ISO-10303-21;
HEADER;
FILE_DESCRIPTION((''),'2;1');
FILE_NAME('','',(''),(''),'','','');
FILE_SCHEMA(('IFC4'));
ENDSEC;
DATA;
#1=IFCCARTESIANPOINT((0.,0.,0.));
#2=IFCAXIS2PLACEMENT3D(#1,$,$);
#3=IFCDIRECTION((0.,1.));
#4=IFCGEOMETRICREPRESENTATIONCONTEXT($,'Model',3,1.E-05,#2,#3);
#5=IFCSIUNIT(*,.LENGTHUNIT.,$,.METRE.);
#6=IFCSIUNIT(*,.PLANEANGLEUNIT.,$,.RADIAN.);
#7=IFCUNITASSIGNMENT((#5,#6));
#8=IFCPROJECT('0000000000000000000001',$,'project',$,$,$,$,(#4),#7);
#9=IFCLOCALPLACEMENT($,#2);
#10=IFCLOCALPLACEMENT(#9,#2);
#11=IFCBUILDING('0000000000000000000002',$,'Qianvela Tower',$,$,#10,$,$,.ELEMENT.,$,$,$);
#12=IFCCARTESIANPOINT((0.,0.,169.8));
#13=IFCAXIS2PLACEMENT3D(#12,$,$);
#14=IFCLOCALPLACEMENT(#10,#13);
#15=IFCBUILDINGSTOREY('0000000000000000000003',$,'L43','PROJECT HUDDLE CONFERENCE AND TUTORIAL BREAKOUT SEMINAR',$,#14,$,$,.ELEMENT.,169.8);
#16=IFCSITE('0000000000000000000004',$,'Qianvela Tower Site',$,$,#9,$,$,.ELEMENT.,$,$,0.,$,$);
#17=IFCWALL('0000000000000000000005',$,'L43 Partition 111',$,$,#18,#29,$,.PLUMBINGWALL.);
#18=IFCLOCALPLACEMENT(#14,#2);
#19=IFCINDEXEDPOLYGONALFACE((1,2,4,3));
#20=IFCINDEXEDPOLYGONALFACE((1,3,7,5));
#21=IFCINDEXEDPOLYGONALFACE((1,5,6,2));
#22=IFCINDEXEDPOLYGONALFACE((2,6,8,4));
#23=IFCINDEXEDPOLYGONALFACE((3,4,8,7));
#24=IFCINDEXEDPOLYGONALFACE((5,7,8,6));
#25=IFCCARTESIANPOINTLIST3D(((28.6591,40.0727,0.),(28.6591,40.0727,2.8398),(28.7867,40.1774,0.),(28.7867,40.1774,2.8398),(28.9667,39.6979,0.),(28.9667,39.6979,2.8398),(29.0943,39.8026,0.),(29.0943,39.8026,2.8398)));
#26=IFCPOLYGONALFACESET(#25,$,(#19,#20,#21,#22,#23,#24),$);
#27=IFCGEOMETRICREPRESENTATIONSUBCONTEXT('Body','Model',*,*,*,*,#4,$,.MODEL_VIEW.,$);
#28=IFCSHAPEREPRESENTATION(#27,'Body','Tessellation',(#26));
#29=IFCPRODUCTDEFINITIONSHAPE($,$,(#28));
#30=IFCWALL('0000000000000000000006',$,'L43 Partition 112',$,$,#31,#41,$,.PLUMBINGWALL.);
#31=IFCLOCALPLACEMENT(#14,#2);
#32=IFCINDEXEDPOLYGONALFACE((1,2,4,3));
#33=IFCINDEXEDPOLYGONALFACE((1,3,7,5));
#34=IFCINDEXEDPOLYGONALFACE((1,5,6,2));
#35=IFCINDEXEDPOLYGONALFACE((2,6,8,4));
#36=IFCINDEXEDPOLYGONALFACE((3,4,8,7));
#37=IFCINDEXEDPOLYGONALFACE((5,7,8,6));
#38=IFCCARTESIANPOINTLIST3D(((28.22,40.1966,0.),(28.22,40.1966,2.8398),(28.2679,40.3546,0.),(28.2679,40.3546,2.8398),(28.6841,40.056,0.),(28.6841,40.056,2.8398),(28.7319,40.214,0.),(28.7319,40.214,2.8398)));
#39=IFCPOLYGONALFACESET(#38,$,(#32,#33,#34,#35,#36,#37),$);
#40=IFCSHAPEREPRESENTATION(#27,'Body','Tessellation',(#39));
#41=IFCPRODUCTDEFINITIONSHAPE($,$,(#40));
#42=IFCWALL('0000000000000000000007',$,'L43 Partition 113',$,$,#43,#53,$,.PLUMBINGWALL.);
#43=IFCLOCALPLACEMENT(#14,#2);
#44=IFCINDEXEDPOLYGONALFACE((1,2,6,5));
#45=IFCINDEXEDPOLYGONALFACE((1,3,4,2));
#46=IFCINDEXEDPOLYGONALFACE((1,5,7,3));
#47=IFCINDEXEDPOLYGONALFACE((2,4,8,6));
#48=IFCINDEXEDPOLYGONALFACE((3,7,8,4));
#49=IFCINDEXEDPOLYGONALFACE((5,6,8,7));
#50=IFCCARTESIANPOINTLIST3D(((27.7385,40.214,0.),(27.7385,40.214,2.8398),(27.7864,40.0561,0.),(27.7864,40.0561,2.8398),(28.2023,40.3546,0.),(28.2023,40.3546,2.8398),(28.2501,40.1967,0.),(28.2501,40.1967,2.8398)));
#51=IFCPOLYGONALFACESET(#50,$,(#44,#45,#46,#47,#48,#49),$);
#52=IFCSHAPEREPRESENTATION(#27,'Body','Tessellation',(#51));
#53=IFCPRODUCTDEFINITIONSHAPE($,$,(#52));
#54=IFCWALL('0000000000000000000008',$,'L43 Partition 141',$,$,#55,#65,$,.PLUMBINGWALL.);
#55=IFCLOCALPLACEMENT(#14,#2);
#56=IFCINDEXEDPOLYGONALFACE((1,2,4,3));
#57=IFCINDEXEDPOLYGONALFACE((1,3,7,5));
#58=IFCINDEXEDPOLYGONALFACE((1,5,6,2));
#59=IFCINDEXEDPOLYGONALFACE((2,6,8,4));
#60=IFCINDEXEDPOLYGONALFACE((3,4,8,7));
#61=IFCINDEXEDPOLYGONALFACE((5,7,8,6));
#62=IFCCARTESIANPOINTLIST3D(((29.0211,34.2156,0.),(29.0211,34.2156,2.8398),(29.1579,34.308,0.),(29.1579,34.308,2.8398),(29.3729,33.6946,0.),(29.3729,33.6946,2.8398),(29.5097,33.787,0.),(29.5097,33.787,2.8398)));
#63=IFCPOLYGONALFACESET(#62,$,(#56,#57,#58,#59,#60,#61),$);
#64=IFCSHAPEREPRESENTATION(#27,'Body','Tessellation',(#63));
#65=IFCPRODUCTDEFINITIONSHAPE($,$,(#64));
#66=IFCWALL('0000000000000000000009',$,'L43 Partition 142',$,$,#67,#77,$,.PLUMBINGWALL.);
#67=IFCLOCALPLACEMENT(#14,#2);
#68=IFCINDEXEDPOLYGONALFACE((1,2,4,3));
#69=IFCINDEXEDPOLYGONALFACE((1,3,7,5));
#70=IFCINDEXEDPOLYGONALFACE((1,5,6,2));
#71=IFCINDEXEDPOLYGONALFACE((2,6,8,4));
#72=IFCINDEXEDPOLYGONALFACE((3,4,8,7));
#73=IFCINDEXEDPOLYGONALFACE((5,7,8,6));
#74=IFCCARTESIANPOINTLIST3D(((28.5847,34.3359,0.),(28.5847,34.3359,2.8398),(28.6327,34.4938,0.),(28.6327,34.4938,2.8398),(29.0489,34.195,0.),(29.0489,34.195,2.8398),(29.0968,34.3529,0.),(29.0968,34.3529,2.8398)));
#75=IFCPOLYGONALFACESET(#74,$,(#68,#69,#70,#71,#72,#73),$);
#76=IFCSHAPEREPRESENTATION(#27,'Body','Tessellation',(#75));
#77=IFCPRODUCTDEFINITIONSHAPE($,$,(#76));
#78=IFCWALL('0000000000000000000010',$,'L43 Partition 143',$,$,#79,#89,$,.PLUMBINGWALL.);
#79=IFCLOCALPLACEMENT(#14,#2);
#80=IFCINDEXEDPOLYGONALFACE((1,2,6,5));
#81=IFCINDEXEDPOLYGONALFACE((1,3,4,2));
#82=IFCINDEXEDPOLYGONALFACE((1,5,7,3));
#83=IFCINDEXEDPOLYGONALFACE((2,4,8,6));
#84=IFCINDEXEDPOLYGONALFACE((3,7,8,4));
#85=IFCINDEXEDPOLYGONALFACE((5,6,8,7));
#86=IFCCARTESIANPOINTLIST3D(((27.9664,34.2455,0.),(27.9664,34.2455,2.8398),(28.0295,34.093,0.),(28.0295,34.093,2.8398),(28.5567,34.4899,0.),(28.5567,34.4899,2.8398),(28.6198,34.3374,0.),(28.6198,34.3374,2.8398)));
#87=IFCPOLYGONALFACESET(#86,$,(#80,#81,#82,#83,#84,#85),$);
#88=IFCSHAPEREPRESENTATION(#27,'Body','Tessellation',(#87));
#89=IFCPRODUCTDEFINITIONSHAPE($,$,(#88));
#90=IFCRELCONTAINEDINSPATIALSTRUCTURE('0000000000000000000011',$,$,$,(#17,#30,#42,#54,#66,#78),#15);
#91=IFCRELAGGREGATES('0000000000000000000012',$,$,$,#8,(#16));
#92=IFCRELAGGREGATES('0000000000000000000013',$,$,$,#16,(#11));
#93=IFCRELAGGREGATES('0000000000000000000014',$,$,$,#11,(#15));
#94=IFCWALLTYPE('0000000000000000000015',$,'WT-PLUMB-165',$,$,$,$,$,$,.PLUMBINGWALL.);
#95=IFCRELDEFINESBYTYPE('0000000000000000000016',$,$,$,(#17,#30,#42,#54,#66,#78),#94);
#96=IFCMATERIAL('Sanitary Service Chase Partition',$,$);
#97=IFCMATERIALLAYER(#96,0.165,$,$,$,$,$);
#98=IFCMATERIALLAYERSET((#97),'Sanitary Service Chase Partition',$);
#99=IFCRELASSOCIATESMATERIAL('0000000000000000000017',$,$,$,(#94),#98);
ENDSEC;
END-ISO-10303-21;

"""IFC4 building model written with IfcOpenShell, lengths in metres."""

from ifc_helpers import new_model, si_unit, direction, frame, frame_2d, origin, place, context, subcontext, project, spatial, rectangle, extrude, material, layer, layer_set, type_object, element, save


model = new_model("IFC4")

# Units and contexts
model_context = context("Model", 3, precision=1e-05, world=origin(), true_north=direction((0.0, 1.0)))
body_context = subcontext(model_context, "Body", "Model", "MODEL_VIEW")
ifc_project = project(units=[si_unit("LENGTHUNIT", "METRE"), si_unit("PLANEANGLEUNIT", "RADIAN")], contexts=[model_context])

# Site, building, storey
site_placement = place(None, origin())
site = spatial("IfcSite", under=ifc_project, at=site_placement, Name="Qianvela Tower Site", CompositionType="ELEMENT", RefElevation=0.0)
building_placement = place(site_placement, origin())
building = spatial("IfcBuilding", under=site, at=building_placement, Name="Qianvela Tower", CompositionType="ELEMENT")
storey_placement = place(building_placement, frame((0.0, 0.0, 169.8)))
storey = spatial("IfcBuildingStorey", under=building, at=storey_placement, Name="L43", Description="PROJECT HUDDLE CONFERENCE AND TUTORIAL BREAKOUT SEMINAR", CompositionType="ELEMENT", Elevation=169.8)

# Walls
ifc_material_1 = material(Name="Sanitary Service Chase Partition")
ifc_layer_1 = layer(ifc_material_1, 0.165)
ifc_layer_set_1 = layer_set([ifc_layer_1], Name="Sanitary Service Chase Partition")
wall_type_1 = type_object("IfcWallType", Name="WT-PLUMB-165", PredefinedType="PLUMBINGWALL", material=ifc_layer_set_1)
for number, where, z_axis, x_axis, name in (
    (1, (29.0305, 39.7502, 0.0), (0.0, 0.0, 1.0), (-0.634471, 0.772947, 0.0), "L43 Partition 111"),
    (2, (28.708, 40.135, 0.0), (0.0, 0.0, 1.0), (-0.957033, 0.289979, 0.0), "L43 Partition 112"),
):
    element("IfcWall", number, at=place(storey_placement, frame(where, z_axis=z_axis, x_axis=x_axis)), inside=storey, type_object=wall_type_1, Name=name, PredefinedType="PLUMBINGWALL", context=body_context, shape_type="SweptSolid", body=[
        extrude(rectangle(XDim=0.4849, YDim=0.165, at=frame_2d((0.2424, 0.0))), origin(), (0.0, 0.0, 1.0), 2.8398),
    ])
wall_1_placement = place(storey_placement, frame((28.2261, 40.2756, 0.0), z_axis=(0.0, 0.0, 1.0), x_axis=(-0.956991, -0.290119, 0.0)))
element("IfcWall", 3, at=wall_1_placement, inside=storey, type_object=wall_type_1, Name="L43 Partition 113", PredefinedType="PLUMBINGWALL", context=body_context, shape_type="SweptSolid", body=[
    extrude(rectangle(XDim=0.4846, YDim=0.165, at=frame_2d((0.2422, 0.0))), origin(), (0.0, 0.0, 1.0), 2.8398),
])
wall_2_placement = place(storey_placement, frame((29.4414, 33.7407, 0.0), z_axis=(0.0, 0.0, 1.0), x_axis=(-0.55962, 0.82875, 0.0)))
element("IfcWall", 4, at=wall_2_placement, inside=storey, type_object=wall_type_1, Name="L43 Partition 141", PredefinedType="PLUMBINGWALL", context=body_context, shape_type="SweptSolid", body=[
    extrude(rectangle(XDim=0.6287, YDim=0.165, at=frame_2d((0.3145, 0.0))), origin(), (0.0, 0.0, 1.0), 2.8398),
])
wall_3_placement = place(storey_placement, frame((29.073, 34.2739, 0.0), z_axis=(0.0, 0.0, 1.0), x_axis=(-0.956893, 0.29044, 0.0)))
element("IfcWall", 5, at=wall_3_placement, inside=storey, type_object=wall_type_1, Name="L43 Partition 142", PredefinedType="PLUMBINGWALL", context=body_context, shape_type="SweptSolid", body=[
    extrude(rectangle(XDim=0.4851, YDim=0.165, at=frame_2d((0.2427, 0.0))), origin(), (0.0, 0.0, 1.0), 2.8398),
])
wall_4_placement = place(storey_placement, frame((28.5881, 34.4136, 0.0), z_axis=(0.0, 0.0, 1.0), x_axis=(-0.923956, -0.382498, 0.0)))
element("IfcWall", 6, at=wall_4_placement, inside=storey, type_object=wall_type_1, Name="L43 Partition 143", PredefinedType="PLUMBINGWALL", context=body_context, shape_type="SweptSolid", body=[
    extrude(rectangle(XDim=0.6389, YDim=0.165, at=frame_2d((0.3193, 0.0))), origin(), (0.0, 0.0, 1.0), 2.8398),
])

save(model, "model.ifc")
